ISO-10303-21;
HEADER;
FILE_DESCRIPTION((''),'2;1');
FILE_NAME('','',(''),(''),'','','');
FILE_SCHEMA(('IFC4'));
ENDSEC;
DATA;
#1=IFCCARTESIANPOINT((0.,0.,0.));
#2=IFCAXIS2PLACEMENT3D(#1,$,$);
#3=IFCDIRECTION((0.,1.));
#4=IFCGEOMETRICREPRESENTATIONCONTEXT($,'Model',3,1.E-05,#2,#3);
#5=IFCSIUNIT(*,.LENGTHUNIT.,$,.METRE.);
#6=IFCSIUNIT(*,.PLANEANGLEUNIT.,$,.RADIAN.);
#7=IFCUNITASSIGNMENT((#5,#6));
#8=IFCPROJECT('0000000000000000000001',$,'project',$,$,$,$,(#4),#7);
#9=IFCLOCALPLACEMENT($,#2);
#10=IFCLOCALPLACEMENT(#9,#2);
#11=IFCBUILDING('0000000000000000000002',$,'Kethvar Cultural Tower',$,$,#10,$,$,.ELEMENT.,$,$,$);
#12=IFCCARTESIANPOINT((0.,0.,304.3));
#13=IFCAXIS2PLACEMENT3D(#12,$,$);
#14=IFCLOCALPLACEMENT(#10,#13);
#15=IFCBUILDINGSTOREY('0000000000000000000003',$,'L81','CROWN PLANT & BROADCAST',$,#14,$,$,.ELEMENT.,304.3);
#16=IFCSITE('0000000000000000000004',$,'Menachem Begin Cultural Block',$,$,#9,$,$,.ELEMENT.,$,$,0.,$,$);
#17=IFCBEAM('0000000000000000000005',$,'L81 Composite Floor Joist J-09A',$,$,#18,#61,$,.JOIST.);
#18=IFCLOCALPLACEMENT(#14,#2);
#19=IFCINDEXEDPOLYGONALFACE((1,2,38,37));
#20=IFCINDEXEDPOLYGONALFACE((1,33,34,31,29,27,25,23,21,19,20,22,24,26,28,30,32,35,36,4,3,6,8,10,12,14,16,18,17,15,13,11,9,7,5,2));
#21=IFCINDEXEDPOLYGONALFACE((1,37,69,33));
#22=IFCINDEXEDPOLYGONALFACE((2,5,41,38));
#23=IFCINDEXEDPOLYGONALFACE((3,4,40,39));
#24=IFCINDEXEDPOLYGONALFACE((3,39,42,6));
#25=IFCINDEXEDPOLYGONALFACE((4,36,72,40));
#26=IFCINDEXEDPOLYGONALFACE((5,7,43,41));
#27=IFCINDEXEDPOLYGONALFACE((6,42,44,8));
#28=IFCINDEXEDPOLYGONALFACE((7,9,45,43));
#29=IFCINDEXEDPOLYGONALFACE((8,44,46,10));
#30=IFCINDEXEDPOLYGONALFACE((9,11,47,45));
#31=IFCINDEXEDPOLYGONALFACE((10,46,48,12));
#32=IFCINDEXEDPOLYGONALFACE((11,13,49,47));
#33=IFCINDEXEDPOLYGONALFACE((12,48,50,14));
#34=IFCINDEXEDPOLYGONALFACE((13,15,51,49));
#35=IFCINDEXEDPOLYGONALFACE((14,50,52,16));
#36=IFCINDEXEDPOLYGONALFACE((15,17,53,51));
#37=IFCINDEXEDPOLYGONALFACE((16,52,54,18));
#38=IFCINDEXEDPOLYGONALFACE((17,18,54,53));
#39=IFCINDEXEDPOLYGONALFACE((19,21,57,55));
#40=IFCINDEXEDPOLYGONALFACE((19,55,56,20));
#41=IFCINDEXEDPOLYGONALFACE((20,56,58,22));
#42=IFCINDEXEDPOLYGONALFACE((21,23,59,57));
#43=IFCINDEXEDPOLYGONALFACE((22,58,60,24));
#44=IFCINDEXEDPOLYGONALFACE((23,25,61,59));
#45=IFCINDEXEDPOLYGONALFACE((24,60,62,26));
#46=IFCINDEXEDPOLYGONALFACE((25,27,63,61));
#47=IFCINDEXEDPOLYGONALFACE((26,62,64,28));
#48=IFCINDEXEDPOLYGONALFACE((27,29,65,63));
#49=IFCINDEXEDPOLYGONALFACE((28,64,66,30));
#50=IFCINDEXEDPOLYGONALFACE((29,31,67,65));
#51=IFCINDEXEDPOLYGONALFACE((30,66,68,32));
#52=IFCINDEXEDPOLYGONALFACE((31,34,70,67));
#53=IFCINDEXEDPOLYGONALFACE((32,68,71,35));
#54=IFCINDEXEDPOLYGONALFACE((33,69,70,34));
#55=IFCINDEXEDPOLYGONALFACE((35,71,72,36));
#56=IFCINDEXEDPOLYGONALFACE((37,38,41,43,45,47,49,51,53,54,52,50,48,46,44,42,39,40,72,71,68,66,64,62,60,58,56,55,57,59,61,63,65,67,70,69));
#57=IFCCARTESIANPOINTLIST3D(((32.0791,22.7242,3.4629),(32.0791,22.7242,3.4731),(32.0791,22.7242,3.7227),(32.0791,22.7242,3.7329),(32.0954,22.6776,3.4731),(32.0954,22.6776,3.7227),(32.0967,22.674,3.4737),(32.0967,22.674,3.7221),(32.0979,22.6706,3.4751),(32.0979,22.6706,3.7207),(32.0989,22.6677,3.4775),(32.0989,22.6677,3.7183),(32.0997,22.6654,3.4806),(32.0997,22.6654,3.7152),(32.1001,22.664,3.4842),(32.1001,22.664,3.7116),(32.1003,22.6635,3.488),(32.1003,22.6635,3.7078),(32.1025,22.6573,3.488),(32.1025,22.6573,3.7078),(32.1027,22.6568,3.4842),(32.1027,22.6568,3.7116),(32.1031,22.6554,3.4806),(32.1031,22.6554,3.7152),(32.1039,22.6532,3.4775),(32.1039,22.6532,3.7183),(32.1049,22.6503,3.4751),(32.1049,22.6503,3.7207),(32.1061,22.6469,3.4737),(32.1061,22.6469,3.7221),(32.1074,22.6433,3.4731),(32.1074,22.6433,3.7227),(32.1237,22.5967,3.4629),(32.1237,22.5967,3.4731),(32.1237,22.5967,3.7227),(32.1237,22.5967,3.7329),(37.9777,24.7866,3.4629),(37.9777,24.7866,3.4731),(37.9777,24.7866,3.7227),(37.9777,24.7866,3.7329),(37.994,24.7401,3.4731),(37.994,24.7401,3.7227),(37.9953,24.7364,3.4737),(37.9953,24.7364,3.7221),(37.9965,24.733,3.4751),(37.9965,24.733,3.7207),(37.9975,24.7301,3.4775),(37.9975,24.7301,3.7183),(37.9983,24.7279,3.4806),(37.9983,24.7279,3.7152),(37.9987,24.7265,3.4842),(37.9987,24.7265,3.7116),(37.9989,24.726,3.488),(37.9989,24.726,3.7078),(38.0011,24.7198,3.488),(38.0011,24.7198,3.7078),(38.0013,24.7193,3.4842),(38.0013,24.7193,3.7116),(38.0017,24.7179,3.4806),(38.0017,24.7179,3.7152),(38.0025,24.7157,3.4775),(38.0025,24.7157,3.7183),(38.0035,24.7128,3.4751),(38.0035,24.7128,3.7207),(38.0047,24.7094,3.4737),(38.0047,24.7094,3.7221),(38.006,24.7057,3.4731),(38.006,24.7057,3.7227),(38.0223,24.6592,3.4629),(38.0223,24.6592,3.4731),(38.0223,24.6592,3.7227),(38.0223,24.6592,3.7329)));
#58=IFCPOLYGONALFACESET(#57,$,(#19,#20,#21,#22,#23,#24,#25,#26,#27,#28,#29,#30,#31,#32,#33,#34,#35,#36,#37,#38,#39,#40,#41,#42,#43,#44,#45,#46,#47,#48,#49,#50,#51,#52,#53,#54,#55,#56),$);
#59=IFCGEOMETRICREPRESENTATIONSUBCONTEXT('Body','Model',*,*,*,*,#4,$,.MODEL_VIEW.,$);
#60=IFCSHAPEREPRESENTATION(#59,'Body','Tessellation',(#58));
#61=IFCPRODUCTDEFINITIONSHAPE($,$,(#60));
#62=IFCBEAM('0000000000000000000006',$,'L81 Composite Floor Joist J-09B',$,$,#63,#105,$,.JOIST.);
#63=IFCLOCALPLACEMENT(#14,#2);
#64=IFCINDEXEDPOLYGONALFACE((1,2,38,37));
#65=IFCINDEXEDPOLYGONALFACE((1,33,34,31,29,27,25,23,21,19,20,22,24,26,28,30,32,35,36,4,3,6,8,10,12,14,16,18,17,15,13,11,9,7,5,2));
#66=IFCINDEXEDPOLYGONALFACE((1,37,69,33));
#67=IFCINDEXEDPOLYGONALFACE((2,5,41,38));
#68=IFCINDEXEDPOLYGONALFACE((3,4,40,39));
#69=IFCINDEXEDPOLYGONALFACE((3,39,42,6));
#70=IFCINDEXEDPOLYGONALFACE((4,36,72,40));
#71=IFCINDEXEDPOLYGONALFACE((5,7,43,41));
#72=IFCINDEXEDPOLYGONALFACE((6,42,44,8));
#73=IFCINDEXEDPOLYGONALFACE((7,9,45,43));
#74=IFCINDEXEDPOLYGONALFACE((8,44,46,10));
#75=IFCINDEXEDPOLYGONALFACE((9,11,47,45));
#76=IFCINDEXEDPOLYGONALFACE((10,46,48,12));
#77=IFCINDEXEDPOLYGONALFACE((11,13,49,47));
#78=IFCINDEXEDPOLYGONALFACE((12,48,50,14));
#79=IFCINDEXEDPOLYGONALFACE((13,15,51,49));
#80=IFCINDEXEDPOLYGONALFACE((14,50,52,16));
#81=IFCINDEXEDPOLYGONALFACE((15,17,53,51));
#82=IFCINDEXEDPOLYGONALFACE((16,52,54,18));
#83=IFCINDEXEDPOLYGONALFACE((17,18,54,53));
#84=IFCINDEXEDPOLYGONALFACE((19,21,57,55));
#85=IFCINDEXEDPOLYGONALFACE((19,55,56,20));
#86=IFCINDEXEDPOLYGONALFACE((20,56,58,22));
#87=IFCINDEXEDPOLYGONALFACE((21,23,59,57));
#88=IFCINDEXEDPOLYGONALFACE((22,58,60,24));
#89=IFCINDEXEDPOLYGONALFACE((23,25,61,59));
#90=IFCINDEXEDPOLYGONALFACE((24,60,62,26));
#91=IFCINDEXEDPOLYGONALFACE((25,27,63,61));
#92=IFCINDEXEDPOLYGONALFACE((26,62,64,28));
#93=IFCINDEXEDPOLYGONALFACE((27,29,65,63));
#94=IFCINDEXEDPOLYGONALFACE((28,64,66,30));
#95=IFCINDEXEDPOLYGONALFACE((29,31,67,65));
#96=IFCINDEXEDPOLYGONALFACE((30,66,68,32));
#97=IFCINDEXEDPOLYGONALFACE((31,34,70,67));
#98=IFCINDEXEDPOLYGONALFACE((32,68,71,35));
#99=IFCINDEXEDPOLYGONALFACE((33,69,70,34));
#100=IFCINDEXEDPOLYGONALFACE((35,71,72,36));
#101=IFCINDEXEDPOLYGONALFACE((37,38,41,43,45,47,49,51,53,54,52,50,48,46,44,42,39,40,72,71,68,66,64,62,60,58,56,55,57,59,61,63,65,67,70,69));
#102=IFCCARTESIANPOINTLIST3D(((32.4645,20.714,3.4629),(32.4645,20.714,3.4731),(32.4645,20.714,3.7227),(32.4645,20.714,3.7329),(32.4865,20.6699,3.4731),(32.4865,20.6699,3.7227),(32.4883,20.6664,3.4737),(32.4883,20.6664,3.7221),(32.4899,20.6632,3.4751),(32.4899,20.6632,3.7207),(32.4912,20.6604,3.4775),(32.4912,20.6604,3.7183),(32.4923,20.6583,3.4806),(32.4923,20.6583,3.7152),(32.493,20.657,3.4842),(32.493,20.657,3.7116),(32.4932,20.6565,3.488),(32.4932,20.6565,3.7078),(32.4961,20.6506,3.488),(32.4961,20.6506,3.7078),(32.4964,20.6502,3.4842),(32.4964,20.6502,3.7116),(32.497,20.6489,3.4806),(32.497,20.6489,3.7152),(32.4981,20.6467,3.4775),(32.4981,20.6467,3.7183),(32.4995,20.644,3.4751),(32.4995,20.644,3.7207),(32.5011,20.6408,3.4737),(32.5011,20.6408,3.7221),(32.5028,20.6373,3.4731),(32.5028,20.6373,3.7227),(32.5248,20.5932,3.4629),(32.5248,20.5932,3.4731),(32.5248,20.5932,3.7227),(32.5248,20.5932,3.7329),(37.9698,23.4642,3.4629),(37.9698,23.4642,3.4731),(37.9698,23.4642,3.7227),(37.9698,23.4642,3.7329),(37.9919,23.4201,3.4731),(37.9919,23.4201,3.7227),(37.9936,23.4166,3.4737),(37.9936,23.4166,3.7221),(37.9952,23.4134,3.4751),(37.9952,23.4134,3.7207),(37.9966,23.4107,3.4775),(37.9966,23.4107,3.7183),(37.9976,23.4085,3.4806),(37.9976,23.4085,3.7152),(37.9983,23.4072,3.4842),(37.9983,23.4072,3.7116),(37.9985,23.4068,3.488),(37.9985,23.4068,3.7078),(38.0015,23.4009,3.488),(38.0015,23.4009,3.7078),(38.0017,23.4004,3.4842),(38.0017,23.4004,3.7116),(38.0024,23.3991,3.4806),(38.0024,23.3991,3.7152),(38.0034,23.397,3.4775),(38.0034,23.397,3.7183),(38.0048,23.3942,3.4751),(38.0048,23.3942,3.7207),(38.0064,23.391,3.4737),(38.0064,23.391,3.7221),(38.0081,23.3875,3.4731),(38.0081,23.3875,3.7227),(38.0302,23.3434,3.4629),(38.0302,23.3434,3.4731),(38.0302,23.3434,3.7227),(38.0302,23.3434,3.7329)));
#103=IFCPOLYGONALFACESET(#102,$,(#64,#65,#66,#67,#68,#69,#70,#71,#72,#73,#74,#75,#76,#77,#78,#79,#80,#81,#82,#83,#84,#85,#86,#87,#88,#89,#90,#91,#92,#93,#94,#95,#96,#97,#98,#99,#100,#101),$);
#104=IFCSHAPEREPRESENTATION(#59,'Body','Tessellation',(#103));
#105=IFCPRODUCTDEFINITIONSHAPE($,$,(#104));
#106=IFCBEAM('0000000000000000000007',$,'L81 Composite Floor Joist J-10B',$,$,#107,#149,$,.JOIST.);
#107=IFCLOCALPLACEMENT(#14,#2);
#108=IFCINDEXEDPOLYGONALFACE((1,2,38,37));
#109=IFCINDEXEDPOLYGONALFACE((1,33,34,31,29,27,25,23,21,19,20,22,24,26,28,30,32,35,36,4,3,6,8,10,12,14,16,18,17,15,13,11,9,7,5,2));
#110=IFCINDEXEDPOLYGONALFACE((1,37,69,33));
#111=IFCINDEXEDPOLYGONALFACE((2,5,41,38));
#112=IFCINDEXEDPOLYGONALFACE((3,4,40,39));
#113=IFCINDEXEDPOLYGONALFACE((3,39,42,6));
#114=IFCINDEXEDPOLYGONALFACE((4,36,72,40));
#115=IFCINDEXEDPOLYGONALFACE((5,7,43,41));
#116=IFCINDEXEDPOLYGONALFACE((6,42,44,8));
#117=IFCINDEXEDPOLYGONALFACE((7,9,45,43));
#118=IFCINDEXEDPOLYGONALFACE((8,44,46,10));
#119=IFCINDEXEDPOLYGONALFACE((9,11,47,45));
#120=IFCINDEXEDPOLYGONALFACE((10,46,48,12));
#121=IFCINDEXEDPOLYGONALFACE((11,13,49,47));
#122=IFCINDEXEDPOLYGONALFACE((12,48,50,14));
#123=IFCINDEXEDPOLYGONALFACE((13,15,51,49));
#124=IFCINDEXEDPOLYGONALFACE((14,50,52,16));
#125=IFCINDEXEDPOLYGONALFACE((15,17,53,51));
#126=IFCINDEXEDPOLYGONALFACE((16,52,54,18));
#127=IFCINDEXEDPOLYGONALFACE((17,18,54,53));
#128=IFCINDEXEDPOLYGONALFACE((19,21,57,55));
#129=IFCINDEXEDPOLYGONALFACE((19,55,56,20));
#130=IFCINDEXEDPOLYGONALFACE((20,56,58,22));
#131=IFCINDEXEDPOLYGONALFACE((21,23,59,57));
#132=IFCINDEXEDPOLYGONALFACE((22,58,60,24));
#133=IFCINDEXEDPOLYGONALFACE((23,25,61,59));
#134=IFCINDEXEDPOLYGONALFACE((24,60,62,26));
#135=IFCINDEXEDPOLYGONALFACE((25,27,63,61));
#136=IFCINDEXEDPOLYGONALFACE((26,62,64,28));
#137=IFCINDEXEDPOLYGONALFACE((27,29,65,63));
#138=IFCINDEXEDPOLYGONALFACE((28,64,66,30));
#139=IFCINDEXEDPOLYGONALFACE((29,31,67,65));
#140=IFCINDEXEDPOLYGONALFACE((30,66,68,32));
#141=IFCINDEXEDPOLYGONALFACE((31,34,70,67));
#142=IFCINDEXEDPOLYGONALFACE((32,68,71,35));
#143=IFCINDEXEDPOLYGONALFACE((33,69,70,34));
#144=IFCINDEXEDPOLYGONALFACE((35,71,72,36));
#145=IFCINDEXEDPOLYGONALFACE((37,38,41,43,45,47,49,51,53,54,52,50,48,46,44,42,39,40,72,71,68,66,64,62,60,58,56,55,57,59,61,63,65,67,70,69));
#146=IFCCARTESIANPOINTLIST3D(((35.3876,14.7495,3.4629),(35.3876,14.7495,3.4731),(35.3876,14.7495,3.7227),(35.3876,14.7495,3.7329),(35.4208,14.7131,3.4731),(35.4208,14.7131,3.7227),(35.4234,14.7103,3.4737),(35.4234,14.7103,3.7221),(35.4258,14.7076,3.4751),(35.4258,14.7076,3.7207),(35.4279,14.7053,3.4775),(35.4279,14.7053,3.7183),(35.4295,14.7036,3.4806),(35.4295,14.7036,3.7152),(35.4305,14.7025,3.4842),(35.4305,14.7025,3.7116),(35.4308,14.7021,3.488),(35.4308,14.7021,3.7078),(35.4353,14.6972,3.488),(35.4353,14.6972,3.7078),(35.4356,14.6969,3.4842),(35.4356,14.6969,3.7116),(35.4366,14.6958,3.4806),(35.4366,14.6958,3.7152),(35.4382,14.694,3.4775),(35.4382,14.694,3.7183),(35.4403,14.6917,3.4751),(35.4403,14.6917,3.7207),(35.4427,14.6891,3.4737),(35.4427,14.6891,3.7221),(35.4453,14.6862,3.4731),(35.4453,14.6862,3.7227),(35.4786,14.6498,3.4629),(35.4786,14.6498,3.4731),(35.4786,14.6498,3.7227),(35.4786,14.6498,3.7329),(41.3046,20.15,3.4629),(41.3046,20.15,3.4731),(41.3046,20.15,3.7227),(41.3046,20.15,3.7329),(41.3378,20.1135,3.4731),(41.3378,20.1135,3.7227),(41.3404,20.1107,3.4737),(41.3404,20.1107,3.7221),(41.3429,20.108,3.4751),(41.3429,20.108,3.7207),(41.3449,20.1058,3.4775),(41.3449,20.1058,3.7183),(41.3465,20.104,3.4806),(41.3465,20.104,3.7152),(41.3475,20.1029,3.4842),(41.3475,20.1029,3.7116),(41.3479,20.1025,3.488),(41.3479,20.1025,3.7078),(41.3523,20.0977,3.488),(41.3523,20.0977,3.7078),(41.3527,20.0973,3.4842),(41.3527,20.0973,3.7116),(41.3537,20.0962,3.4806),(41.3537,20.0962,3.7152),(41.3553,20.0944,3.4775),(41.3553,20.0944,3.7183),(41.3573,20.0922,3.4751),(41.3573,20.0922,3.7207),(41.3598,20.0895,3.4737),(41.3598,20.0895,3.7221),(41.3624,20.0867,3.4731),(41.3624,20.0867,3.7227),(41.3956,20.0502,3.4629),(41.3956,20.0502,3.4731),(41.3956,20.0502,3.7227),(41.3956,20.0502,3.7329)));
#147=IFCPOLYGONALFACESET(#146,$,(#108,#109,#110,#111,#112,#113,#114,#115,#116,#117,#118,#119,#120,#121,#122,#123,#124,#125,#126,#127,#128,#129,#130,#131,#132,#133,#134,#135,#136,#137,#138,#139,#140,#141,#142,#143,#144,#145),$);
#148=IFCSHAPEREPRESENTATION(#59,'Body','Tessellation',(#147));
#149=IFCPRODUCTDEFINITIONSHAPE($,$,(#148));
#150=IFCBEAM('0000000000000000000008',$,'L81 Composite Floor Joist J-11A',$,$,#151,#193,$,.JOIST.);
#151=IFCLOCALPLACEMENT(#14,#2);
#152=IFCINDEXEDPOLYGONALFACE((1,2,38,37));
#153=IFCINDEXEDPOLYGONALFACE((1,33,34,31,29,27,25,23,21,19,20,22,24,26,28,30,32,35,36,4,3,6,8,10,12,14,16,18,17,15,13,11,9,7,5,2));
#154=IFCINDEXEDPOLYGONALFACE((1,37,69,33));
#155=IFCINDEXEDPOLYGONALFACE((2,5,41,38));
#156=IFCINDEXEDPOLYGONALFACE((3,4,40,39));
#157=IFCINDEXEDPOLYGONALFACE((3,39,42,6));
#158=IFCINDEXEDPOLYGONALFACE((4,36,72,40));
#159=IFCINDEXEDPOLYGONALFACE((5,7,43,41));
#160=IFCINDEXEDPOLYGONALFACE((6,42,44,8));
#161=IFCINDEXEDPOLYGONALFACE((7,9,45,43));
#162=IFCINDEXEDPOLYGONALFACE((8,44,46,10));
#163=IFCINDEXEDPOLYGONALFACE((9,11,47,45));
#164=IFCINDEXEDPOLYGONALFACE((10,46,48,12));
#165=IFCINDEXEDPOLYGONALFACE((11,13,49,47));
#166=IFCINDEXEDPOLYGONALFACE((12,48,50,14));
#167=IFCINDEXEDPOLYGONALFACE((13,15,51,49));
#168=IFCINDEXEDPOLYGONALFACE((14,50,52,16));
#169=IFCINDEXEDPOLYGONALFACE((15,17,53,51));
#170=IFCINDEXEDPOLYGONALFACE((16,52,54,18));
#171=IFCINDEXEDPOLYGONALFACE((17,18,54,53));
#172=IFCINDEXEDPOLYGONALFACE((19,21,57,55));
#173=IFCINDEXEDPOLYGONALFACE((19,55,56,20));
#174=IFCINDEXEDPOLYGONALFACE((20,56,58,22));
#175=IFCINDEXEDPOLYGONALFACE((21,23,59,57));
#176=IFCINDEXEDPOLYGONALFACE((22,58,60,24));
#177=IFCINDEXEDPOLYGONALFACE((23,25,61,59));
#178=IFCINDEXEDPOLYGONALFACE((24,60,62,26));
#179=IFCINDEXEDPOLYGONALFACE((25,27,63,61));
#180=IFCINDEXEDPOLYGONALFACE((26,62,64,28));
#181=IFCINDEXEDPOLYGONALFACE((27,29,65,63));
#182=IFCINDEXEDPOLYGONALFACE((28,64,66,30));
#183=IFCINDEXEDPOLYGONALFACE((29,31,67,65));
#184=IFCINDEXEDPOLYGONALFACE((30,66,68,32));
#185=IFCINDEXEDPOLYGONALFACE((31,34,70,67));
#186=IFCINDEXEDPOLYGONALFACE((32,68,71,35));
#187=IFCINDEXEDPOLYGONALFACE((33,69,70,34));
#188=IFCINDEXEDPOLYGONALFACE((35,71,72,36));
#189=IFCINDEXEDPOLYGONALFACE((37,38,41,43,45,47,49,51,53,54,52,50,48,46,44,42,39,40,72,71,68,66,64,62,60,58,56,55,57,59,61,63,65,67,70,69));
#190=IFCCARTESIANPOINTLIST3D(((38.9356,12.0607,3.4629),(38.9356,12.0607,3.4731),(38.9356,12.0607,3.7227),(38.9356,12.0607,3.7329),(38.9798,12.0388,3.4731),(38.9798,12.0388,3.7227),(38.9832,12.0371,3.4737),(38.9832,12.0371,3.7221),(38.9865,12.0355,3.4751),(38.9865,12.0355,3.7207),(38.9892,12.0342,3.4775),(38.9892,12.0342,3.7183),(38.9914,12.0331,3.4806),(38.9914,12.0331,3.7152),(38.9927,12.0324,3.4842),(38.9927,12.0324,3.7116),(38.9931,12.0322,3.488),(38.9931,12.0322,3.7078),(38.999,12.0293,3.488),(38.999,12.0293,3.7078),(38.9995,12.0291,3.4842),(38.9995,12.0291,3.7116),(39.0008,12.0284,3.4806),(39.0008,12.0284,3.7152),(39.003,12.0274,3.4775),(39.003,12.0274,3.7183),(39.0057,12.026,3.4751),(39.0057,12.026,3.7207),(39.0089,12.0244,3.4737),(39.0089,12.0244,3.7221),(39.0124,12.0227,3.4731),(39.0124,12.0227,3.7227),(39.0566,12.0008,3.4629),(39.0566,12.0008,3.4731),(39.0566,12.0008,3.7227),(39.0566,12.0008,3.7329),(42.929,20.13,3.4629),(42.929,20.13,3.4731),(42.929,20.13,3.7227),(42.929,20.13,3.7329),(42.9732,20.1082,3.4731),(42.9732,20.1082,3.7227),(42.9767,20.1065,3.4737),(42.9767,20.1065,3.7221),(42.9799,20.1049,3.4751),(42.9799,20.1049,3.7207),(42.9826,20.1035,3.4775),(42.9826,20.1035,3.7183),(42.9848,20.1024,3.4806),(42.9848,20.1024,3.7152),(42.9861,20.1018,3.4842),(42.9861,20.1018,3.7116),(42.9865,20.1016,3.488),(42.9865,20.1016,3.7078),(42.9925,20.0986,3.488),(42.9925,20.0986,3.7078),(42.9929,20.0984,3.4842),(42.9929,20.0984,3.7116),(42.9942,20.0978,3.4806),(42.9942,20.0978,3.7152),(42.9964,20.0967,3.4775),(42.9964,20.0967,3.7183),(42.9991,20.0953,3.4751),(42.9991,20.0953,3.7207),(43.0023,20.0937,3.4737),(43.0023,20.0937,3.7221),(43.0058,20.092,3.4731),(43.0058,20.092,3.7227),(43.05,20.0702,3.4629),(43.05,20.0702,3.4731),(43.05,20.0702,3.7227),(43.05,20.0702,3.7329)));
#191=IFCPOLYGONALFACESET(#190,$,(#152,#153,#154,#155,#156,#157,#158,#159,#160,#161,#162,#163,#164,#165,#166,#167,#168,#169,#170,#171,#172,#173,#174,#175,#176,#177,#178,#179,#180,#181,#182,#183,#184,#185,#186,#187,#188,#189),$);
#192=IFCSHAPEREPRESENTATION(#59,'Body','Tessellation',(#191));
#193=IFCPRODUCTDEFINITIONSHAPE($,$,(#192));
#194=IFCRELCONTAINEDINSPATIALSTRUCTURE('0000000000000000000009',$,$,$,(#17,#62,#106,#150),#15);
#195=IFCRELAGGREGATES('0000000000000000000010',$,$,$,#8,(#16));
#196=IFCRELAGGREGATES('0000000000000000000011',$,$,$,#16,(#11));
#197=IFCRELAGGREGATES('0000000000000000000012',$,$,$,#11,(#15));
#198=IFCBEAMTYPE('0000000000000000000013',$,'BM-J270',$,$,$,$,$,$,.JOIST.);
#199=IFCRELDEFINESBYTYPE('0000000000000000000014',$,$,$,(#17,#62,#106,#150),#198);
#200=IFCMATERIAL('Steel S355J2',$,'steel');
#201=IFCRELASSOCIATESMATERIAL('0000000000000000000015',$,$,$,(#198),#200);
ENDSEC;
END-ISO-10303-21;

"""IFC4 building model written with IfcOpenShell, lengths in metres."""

from ifc_helpers import new_model, si_unit, direction, frame, origin, origin_2d, place, context, subcontext, project, spatial, i_section, extrude, source, transform, mapped, material, material_profile, profile_set, type_object, element, save


model = new_model("IFC4")

# Units and contexts
model_context = context("Model", 3, precision=1e-05, world=origin(), true_north=direction((0.0, 1.0)))
body_context = subcontext(model_context, "Body", "Model", "MODEL_VIEW")
ifc_project = project(units=[si_unit("LENGTHUNIT", "METRE"), si_unit("PLANEANGLEUNIT", "RADIAN")], contexts=[model_context])

# Site, building, storey
site_placement = place(None, origin())
site = spatial("IfcSite", under=ifc_project, at=site_placement, Name="Menachem Begin Cultural Block", CompositionType="ELEMENT", RefElevation=0.0)
building_placement = place(site_placement, origin())
building = spatial("IfcBuilding", under=site, at=building_placement, Name="Kethvar Cultural Tower", CompositionType="ELEMENT")
storey_placement = place(building_placement, frame((0.0, 0.0, 304.3)))
storey = spatial("IfcBuildingStorey", under=building, at=storey_placement, Name="L81", Description="CROWN PLANT & BROADCAST", CompositionType="ELEMENT", Elevation=304.3)

# Beams
ifc_material_1 = material(Name="Steel S355J2", Category="steel")
ifc_material_profile_1 = material_profile(ifc_material_1, i_section(OverallWidth=0.135, OverallDepth=0.27, WebThickness=0.0066, FlangeThickness=0.0103, FilletRadius=0.0149, at=origin_2d()), Name="Steel S355J2 — IPE270")
ifc_profile_set_1 = profile_set([ifc_material_profile_1], Name="Steel S355J2 — IPE270")
beam_type_1 = type_object("IfcBeamType", Name="BM-J270", PredefinedType="JOIST", material=ifc_profile_set_1)
shared_shape_1 = source(origin(), body_context, "Body", "SweptSolid", [
    extrude(i_section(OverallWidth=0.135, OverallDepth=0.27, WebThickness=0.0066, FlangeThickness=0.0103, FilletRadius=0.0149, at=origin_2d()), origin(), (0.0, 0.0, 1.0), 6.2488),
])
beam_1_placement = place(storey_placement, frame((38.0, 24.7229, 3.5979), z_axis=(-0.94396, -0.33006, 0.0), x_axis=(0.33006, -0.94396, 0.0)))
element("IfcBeam", 1, at=beam_1_placement, inside=storey, type_object=beam_type_1, Name="L81 Composite Floor Joist J-09A", PredefinedType="JOIST", context=body_context, shape_type="MappedRepresentation", body=[
    mapped(shared_shape_1, transform((0.0, 0.0, 0.0), scale=1.0)),
])
shared_shape_2 = source(origin(), body_context, "Body", "SweptSolid", [
    extrude(i_section(OverallWidth=0.135, OverallDepth=0.27, WebThickness=0.0066, FlangeThickness=0.0103, FilletRadius=0.0149, at=origin_2d()), origin(), (0.0, 0.0, 1.0), 6.1541),
])
beam_2_placement = place(storey_placement, frame((38.0, 23.4038, 3.5979), z_axis=(-0.894586, -0.446896, 0.0), x_axis=(0.446896, -0.894586, 0.0)))
element("IfcBeam", 2, at=beam_2_placement, inside=storey, type_object=beam_type_1, Name="L81 Composite Floor Joist J-09B", PredefinedType="JOIST", context=body_context, shape_type="MappedRepresentation", body=[
    mapped(shared_shape_2, transform((0.0, 0.0, 0.0), scale=1.0)),
])
shared_shape_3 = source(origin(), body_context, "Body", "SweptSolid", [
    extrude(i_section(OverallWidth=0.135, OverallDepth=0.27, WebThickness=0.0066, FlangeThickness=0.0103, FilletRadius=0.0149, at=origin_2d()), origin(), (0.0, 0.0, 1.0), 8.011),
])
beam_3_placement = place(storey_placement, frame((41.3501, 20.1001, 3.5979), z_axis=(-0.738615, -0.674128, 0.0), x_axis=(0.674128, -0.738615, 0.0)))
element("IfcBeam", 3, at=beam_3_placement, inside=storey, type_object=beam_type_1, Name="L81 Composite Floor Joist J-10B", PredefinedType="JOIST", context=body_context, shape_type="MappedRepresentation", body=[
    mapped(shared_shape_3, transform((0.0, 0.0, 0.0), scale=1.0)),
])
shared_shape_4 = source(origin(), body_context, "Body", "SweptSolid", [
    extrude(i_section(OverallWidth=0.135, OverallDepth=0.27, WebThickness=0.0066, FlangeThickness=0.0103, FilletRadius=0.0149, at=origin_2d()), origin(), (0.0, 0.0, 1.0), 9.0034),
])
beam_4_placement = place(storey_placement, frame((42.9895, 20.1001, 3.5979), z_axis=(-0.443544, -0.896253, 0.0), x_axis=(0.896253, -0.443544, 0.0)))
element("IfcBeam", 4, at=beam_4_placement, inside=storey, type_object=beam_type_1, Name="L81 Composite Floor Joist J-11A", PredefinedType="JOIST", context=body_context, shape_type="MappedRepresentation", body=[
    mapped(shared_shape_4, transform((0.0, 0.0, 0.0), scale=1.0)),
])

save(model, "model.ifc")
